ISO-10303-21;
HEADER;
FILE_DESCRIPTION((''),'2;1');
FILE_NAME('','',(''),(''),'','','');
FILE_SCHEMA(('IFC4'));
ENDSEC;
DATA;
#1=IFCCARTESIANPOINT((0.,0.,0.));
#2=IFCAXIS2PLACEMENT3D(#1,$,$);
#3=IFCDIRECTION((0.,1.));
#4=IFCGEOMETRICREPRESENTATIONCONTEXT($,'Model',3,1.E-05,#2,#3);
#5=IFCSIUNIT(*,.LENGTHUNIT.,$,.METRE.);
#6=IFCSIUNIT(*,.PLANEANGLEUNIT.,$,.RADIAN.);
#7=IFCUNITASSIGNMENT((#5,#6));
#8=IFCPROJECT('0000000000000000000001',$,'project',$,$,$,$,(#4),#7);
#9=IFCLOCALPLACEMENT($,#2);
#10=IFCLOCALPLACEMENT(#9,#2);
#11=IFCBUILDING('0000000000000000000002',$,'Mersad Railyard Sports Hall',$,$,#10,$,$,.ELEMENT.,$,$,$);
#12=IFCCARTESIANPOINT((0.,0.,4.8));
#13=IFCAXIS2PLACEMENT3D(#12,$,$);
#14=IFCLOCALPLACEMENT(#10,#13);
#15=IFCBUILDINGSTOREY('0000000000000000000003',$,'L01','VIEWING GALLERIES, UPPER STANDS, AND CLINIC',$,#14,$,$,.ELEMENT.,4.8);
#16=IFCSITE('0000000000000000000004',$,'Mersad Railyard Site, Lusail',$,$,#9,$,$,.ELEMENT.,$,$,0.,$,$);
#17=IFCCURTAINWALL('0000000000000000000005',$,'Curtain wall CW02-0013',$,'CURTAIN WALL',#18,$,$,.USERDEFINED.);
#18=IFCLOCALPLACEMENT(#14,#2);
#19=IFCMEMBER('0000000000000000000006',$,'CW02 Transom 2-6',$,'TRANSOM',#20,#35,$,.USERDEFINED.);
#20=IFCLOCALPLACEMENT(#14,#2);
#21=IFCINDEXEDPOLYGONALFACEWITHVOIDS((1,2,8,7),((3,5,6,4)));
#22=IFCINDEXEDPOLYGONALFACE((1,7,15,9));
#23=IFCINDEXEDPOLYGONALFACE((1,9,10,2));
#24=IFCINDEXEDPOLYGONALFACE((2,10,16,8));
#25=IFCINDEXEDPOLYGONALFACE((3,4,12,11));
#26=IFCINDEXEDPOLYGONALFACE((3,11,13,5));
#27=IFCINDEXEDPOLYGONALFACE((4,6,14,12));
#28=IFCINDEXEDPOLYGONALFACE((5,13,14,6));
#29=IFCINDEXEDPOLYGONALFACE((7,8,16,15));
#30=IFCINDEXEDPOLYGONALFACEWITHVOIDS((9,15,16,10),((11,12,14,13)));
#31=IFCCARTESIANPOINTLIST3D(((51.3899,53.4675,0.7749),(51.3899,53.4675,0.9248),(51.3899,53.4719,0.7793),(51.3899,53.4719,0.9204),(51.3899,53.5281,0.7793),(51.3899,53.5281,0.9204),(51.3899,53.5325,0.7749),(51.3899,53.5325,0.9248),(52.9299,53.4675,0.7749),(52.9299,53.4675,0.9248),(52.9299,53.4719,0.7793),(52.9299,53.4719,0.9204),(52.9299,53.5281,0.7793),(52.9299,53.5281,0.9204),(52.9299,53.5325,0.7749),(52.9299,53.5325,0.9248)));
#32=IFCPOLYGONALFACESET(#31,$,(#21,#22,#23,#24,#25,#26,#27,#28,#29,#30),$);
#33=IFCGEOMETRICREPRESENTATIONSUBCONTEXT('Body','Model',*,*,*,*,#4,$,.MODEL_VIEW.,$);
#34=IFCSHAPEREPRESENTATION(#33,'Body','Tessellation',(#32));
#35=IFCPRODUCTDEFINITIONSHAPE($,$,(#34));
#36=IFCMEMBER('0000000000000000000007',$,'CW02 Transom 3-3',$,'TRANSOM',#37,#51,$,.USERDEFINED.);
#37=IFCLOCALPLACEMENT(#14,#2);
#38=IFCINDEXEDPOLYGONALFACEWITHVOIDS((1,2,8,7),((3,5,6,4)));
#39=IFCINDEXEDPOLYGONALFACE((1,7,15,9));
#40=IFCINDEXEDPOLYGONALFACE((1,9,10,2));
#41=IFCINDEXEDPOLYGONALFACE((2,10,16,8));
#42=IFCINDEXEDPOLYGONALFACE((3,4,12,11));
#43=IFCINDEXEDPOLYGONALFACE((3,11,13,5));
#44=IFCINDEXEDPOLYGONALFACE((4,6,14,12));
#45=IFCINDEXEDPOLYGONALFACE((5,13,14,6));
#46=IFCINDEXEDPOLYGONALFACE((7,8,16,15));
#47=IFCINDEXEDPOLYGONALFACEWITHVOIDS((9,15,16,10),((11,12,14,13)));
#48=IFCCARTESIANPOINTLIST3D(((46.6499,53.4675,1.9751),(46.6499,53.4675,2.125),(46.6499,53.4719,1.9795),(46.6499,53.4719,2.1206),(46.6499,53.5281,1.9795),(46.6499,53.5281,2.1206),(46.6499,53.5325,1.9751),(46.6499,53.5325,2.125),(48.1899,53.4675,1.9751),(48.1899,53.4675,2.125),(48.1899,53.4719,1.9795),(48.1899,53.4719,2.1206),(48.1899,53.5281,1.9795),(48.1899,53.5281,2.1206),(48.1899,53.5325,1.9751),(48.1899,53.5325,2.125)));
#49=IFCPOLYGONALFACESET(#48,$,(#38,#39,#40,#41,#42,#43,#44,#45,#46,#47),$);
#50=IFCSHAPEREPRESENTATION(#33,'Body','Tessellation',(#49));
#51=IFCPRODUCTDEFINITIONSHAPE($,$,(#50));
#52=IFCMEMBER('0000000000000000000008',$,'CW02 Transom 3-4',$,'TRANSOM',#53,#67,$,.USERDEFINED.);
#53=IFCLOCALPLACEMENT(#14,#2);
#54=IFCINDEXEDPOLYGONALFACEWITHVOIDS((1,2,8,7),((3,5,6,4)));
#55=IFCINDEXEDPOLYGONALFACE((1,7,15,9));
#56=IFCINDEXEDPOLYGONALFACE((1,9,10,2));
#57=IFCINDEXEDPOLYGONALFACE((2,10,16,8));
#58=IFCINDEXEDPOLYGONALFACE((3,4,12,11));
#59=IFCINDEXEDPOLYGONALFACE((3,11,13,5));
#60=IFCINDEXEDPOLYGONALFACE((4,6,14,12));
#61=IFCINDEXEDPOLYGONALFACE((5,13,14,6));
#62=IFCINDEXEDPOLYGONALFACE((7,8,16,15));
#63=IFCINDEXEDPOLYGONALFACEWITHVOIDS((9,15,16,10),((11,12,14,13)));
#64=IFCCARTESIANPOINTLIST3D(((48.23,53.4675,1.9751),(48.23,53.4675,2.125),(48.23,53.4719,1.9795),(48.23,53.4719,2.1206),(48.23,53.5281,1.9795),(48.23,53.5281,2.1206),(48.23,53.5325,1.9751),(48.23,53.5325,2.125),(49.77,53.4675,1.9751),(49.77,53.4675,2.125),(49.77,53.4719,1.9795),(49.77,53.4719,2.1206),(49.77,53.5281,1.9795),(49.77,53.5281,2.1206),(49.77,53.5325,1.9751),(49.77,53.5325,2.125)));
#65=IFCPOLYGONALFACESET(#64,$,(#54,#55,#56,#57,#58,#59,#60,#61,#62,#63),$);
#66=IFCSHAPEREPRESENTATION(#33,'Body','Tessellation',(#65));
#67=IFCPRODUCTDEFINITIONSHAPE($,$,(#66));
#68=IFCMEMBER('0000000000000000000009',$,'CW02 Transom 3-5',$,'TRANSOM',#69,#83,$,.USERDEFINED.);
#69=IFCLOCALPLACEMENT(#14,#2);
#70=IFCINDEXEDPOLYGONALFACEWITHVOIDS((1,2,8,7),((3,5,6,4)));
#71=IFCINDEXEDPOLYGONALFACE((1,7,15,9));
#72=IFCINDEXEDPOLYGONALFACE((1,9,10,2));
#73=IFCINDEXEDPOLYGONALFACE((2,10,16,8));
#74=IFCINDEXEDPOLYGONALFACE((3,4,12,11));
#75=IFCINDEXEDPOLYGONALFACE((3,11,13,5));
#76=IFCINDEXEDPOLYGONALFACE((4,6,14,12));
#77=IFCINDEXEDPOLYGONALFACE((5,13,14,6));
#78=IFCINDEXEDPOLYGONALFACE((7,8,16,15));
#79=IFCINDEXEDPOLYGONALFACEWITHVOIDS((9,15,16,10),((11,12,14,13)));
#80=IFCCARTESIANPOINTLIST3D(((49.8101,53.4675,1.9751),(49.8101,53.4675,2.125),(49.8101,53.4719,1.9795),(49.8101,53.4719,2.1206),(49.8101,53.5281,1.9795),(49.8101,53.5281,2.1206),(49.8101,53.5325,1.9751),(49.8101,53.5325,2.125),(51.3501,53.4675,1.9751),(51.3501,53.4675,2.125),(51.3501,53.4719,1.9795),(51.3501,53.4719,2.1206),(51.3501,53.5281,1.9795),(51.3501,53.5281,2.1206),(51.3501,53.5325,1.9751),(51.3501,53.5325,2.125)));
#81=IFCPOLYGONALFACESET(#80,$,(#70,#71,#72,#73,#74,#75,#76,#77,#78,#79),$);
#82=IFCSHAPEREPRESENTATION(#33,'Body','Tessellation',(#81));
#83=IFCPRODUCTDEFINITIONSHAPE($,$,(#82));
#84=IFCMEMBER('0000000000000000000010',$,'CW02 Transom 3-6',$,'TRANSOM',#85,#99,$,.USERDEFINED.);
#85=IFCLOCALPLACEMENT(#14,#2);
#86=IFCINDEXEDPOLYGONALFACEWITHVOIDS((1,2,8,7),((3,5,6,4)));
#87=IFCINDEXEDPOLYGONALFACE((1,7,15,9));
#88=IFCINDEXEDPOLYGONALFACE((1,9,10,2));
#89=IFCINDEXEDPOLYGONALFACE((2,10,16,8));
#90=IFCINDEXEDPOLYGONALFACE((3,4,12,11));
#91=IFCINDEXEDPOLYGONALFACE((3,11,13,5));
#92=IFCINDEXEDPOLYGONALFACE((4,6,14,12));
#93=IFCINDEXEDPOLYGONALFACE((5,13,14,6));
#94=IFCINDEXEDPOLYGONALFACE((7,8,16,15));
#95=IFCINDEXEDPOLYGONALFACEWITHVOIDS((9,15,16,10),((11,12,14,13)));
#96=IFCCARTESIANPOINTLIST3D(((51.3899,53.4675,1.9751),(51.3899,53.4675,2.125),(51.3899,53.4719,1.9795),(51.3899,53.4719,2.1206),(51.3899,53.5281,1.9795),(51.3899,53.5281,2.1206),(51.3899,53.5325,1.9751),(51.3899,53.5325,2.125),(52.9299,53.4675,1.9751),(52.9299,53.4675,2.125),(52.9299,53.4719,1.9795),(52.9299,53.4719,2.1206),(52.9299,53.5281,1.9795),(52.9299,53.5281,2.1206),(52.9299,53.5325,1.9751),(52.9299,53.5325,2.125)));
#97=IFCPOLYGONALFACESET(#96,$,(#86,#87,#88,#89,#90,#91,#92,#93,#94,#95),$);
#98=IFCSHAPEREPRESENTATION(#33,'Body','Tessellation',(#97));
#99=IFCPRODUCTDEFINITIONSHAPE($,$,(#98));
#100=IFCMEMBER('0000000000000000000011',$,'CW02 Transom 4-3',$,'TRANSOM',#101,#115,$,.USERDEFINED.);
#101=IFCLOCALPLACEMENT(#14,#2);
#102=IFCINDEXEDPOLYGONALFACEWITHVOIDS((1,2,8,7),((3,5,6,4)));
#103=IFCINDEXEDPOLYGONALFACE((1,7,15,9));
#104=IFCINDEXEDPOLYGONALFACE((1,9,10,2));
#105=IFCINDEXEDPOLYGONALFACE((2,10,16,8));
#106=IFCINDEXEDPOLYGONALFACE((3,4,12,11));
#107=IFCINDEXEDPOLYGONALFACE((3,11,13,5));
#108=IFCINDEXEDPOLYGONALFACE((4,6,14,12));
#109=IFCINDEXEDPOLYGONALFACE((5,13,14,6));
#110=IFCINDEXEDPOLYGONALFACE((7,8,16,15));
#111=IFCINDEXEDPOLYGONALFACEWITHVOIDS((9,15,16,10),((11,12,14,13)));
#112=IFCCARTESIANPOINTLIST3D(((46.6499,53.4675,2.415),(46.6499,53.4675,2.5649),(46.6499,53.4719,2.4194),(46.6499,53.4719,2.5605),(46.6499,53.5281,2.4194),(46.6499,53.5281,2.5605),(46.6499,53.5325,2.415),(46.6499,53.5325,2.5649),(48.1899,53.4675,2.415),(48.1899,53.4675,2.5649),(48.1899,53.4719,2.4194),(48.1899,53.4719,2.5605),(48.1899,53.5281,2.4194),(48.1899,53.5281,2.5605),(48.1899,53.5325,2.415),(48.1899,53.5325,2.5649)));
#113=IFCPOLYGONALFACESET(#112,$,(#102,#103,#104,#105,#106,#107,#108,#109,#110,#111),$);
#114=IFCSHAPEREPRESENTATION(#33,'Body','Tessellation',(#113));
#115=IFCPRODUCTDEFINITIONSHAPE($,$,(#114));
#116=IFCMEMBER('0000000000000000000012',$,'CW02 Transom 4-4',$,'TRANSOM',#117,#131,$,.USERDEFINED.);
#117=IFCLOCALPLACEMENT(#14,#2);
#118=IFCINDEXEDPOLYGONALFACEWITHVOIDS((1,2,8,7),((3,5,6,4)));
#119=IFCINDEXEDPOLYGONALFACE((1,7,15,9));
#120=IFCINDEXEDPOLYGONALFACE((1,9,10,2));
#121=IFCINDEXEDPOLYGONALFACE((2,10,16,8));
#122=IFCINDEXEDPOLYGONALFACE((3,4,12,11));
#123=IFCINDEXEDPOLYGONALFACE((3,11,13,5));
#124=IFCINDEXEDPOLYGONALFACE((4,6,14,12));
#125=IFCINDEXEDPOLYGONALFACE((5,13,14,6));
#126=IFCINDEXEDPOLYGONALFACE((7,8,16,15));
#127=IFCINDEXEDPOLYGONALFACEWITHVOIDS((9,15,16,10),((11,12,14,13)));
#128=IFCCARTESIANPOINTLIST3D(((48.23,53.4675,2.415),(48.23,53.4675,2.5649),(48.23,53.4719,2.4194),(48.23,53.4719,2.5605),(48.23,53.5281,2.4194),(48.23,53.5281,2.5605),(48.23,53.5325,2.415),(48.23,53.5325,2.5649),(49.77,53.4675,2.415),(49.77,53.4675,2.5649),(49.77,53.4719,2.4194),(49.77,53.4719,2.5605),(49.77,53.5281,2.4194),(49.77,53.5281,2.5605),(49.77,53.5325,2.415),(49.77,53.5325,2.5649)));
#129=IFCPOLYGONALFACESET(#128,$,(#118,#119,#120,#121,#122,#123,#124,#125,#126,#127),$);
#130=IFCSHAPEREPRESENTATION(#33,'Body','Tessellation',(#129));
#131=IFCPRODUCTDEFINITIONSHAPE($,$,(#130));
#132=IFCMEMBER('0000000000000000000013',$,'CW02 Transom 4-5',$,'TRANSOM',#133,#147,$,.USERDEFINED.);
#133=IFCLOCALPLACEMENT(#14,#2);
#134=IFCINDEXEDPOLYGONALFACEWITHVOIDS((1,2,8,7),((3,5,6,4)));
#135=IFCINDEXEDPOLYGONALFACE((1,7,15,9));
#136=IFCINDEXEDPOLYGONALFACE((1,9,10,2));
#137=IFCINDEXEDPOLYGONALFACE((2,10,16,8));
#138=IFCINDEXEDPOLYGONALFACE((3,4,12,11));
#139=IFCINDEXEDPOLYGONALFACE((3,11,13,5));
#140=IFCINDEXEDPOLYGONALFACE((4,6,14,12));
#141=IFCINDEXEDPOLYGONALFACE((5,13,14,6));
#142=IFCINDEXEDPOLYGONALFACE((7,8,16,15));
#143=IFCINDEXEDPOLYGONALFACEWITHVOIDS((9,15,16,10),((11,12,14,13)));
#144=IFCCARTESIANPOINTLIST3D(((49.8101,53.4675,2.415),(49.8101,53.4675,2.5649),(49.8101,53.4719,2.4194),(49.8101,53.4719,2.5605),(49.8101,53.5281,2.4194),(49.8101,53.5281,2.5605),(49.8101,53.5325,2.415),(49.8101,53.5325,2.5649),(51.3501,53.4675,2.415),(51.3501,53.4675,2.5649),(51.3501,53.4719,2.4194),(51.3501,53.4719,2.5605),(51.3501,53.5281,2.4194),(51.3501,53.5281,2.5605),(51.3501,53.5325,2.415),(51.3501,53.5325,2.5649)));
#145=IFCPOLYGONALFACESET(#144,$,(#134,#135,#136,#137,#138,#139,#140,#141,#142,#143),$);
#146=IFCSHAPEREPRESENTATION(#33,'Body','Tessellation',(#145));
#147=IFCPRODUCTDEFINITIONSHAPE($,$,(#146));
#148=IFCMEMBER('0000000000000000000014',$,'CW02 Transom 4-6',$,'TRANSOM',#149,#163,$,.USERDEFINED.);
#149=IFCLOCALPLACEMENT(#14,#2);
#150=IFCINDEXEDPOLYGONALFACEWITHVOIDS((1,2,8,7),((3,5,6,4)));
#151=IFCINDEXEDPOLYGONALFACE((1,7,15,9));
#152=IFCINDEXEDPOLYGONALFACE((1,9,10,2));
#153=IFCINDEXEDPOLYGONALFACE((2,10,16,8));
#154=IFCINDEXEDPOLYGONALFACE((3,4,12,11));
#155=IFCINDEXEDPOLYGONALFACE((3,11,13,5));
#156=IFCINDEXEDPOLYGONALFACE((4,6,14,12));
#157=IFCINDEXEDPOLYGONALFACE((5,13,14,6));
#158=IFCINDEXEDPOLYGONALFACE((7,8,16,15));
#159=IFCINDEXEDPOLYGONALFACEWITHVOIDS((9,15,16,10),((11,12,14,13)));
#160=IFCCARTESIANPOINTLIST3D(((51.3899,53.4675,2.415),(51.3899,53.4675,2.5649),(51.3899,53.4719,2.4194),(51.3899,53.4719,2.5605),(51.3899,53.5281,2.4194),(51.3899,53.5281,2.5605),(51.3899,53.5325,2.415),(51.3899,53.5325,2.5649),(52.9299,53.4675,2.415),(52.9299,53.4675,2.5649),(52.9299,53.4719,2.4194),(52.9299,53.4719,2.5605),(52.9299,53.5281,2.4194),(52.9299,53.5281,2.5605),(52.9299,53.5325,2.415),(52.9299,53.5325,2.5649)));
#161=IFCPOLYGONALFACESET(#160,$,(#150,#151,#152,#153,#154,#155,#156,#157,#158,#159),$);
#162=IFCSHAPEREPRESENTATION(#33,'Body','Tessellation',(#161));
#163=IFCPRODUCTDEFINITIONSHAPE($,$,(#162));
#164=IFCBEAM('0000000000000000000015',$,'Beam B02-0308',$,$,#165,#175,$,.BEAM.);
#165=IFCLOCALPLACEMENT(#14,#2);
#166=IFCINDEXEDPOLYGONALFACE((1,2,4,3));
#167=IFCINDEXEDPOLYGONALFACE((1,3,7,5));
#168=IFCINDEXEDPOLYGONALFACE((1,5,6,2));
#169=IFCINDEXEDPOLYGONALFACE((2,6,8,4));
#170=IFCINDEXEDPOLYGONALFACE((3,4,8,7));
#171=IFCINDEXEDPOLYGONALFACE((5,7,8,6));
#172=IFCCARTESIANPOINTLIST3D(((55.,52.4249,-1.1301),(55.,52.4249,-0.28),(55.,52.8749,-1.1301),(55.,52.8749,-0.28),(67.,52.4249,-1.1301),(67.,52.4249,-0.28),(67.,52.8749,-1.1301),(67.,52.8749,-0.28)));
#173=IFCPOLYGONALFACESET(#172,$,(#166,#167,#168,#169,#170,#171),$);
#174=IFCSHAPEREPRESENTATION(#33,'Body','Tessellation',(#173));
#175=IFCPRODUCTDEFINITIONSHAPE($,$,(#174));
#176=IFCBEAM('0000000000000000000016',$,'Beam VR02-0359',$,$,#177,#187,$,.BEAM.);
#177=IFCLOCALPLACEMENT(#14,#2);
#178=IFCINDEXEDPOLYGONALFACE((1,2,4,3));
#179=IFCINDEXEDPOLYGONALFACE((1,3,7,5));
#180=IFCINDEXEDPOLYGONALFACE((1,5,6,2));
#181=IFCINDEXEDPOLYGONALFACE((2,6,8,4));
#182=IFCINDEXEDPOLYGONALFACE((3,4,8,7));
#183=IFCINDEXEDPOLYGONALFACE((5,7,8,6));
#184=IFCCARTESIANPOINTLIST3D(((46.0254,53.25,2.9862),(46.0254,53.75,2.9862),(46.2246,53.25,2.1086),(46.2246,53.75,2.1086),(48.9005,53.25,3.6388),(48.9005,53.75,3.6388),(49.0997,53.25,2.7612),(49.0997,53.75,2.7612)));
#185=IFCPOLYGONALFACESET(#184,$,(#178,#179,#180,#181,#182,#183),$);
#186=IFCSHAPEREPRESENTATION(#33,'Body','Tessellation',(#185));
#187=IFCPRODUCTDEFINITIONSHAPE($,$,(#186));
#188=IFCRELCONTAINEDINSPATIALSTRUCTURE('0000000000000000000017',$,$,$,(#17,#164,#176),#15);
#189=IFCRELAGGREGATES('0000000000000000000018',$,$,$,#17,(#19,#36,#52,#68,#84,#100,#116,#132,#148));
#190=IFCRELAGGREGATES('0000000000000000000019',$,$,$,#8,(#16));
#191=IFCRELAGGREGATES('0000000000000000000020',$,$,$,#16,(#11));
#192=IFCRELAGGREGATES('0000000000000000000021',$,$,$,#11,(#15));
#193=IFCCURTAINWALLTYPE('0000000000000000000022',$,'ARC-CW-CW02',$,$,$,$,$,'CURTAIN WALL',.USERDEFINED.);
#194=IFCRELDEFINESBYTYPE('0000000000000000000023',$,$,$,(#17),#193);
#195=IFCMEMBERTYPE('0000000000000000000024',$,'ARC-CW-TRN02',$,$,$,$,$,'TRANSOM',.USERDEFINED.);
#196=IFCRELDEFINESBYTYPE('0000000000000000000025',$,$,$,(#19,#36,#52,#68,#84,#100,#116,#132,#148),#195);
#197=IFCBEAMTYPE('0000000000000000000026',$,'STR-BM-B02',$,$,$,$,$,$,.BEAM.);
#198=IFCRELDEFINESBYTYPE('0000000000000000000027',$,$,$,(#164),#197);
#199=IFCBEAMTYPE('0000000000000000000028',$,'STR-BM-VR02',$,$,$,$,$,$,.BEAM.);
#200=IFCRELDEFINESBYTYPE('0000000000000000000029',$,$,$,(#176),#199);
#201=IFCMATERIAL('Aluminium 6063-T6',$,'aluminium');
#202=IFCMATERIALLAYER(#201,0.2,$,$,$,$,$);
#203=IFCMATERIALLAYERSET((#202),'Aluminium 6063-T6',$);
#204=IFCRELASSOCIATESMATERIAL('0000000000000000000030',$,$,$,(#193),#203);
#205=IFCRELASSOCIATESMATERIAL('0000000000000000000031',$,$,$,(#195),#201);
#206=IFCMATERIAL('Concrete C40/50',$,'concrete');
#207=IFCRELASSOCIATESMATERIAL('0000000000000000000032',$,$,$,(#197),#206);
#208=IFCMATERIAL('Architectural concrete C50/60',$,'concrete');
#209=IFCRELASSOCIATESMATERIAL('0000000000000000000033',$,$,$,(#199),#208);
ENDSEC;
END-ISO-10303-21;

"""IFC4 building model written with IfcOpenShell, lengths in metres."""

from ifc_helpers import new_model, si_unit, direction, frame, origin, origin_2d, place, context, subcontext, project, spatial, rectangle, hollow_rectangle, extrude, material, layer, layer_set, material_profile, profile_set, type_object, element, aggregate, save


model = new_model("IFC4")

# Units and contexts
model_context = context("Model", 3, precision=1e-05, world=origin(), true_north=direction((0.0, 1.0)))
body_context = subcontext(model_context, "Body", "Model", "MODEL_VIEW")
ifc_project = project(units=[si_unit("LENGTHUNIT", "METRE"), si_unit("PLANEANGLEUNIT", "RADIAN")], contexts=[model_context])

# Site, building, storey
site_placement = place(None, origin())
site = spatial("IfcSite", under=ifc_project, at=site_placement, Name="Mersad Railyard Site, Lusail", CompositionType="ELEMENT", RefElevation=0.0)
building_placement = place(site_placement, origin())
building = spatial("IfcBuilding", under=site, at=building_placement, Name="Mersad Railyard Sports Hall", CompositionType="ELEMENT")
storey_placement = place(building_placement, frame((0.0, 0.0, 4.8)))
storey = spatial("IfcBuildingStorey", under=building, at=storey_placement, Name="L01", Description="VIEWING GALLERIES, UPPER STANDS, AND CLINIC", CompositionType="ELEMENT", Elevation=4.8)

# Curtain wall, members
ifc_material_1 = material(Name="Aluminium 6063-T6", Category="aluminium")
ifc_layer_1 = layer(ifc_material_1, 0.2)
ifc_layer_set_1 = layer_set([ifc_layer_1], Name="Aluminium 6063-T6")
curtain_wall_type = type_object("IfcCurtainWallType", Name="ARC-CW-CW02", ElementType="CURTAIN WALL", PredefinedType="USERDEFINED", material=ifc_layer_set_1)
curtain_wall_placement = place(storey_placement, origin())
curtain_wall = element("IfcCurtainWall", 1, at=curtain_wall_placement, inside=storey, type_object=curtain_wall_type, Name="Curtain wall CW02-0013", ObjectType="CURTAIN WALL", PredefinedType="USERDEFINED")
ifc_material_profile_1 = material_profile(ifc_material_1, hollow_rectangle(XDim=0.0649, YDim=0.1499, WallThickness=0.0044, at=origin_2d()), Name="AL TRANSOM 65x150x4.5")
ifc_profile_set_1 = profile_set([ifc_material_profile_1], Name="Aluminium 6063-T6")
member_type_1 = type_object("IfcMemberType", Name="ARC-CW-TRN02", ElementType="TRANSOM", PredefinedType="USERDEFINED", material=ifc_profile_set_1)
member_1_placement = place(storey_placement, frame((51.3899, 53.5, 0.8499), z_axis=(1.0, 0.0, 0.0), x_axis=(0.0, 1.0, 0.0)))
member_1 = element("IfcMember", 2, at=member_1_placement, type_object=member_type_1, Name="CW02 Transom 2-6", ObjectType="TRANSOM", PredefinedType="USERDEFINED", context=body_context, shape_type="SweptSolid", body=[
    extrude(hollow_rectangle(XDim=0.0649, YDim=0.1499, WallThickness=0.0044, at=origin_2d()), origin(), (0.0, 0.0, 1.0), 1.54),
])
member_2_placement = place(storey_placement, frame((46.6499, 53.5, 2.05), z_axis=(1.0, 0.0, 0.0), x_axis=(0.0, 1.0, 0.0)))
member_2 = element("IfcMember", 3, at=member_2_placement, type_object=member_type_1, Name="CW02 Transom 3-3", ObjectType="TRANSOM", PredefinedType="USERDEFINED", context=body_context, shape_type="SweptSolid", body=[
    extrude(hollow_rectangle(XDim=0.0649, YDim=0.1499, WallThickness=0.0044, at=origin_2d()), origin(), (0.0, 0.0, 1.0), 1.54),
])
member_3_placement = place(storey_placement, frame((48.23, 53.5, 2.05), z_axis=(1.0, 0.0, 0.0), x_axis=(0.0, 1.0, 0.0)))
member_3 = element("IfcMember", 4, at=member_3_placement, type_object=member_type_1, Name="CW02 Transom 3-4", ObjectType="TRANSOM", PredefinedType="USERDEFINED", context=body_context, shape_type="SweptSolid", body=[
    extrude(hollow_rectangle(XDim=0.0649, YDim=0.1499, WallThickness=0.0044, at=origin_2d()), origin(), (0.0, 0.0, 1.0), 1.54),
])
member_4_placement = place(storey_placement, frame((49.8101, 53.5, 2.05), z_axis=(1.0, 0.0, 0.0), x_axis=(0.0, 1.0, 0.0)))
member_4 = element("IfcMember", 5, at=member_4_placement, type_object=member_type_1, Name="CW02 Transom 3-5", ObjectType="TRANSOM", PredefinedType="USERDEFINED", context=body_context, shape_type="SweptSolid", body=[
    extrude(hollow_rectangle(XDim=0.0649, YDim=0.1499, WallThickness=0.0044, at=origin_2d()), origin(), (0.0, 0.0, 1.0), 1.54),
])
member_5_placement = place(storey_placement, frame((51.3899, 53.5, 2.05), z_axis=(1.0, 0.0, 0.0), x_axis=(0.0, 1.0, 0.0)))
member_5 = element("IfcMember", 6, at=member_5_placement, type_object=member_type_1, Name="CW02 Transom 3-6", ObjectType="TRANSOM", PredefinedType="USERDEFINED", context=body_context, shape_type="SweptSolid", body=[
    extrude(hollow_rectangle(XDim=0.0649, YDim=0.1499, WallThickness=0.0044, at=origin_2d()), origin(), (0.0, 0.0, 1.0), 1.54),
])
member_6_placement = place(storey_placement, frame((46.6499, 53.5, 2.49), z_axis=(1.0, 0.0, 0.0), x_axis=(0.0, 1.0, 0.0)))
member_6 = element("IfcMember", 7, at=member_6_placement, type_object=member_type_1, Name="CW02 Transom 4-3", ObjectType="TRANSOM", PredefinedType="USERDEFINED", context=body_context, shape_type="SweptSolid", body=[
    extrude(hollow_rectangle(XDim=0.0649, YDim=0.1499, WallThickness=0.0044, at=origin_2d()), origin(), (0.0, 0.0, 1.0), 1.54),
])
member_7_placement = place(storey_placement, frame((48.23, 53.5, 2.49), z_axis=(1.0, 0.0, 0.0), x_axis=(0.0, 1.0, 0.0)))
member_7 = element("IfcMember", 8, at=member_7_placement, type_object=member_type_1, Name="CW02 Transom 4-4", ObjectType="TRANSOM", PredefinedType="USERDEFINED", context=body_context, shape_type="SweptSolid", body=[
    extrude(hollow_rectangle(XDim=0.0649, YDim=0.1499, WallThickness=0.0044, at=origin_2d()), origin(), (0.0, 0.0, 1.0), 1.54),
])
member_8_placement = place(storey_placement, frame((49.8101, 53.5, 2.49), z_axis=(1.0, 0.0, 0.0), x_axis=(0.0, 1.0, 0.0)))
member_8 = element("IfcMember", 9, at=member_8_placement, type_object=member_type_1, Name="CW02 Transom 4-5", ObjectType="TRANSOM", PredefinedType="USERDEFINED", context=body_context, shape_type="SweptSolid", body=[
    extrude(hollow_rectangle(XDim=0.0649, YDim=0.1499, WallThickness=0.0044, at=origin_2d()), origin(), (0.0, 0.0, 1.0), 1.54),
])
member_9_placement = place(storey_placement, frame((51.3899, 53.5, 2.49), z_axis=(1.0, 0.0, 0.0), x_axis=(0.0, 1.0, 0.0)))
member_9 = element("IfcMember", 10, at=member_9_placement, type_object=member_type_1, Name="CW02 Transom 4-6", ObjectType="TRANSOM", PredefinedType="USERDEFINED", context=body_context, shape_type="SweptSolid", body=[
    extrude(hollow_rectangle(XDim=0.0649, YDim=0.1499, WallThickness=0.0044, at=origin_2d()), origin(), (0.0, 0.0, 1.0), 1.54),
])

# Beams
ifc_material_2 = material(Name="Concrete C40/50", Category="concrete")
ifc_material_profile_2 = material_profile(ifc_material_2, rectangle(XDim=0.45, YDim=0.8501, at=origin_2d()), Name="RC 450x850")
ifc_profile_set_2 = profile_set([ifc_material_profile_2], Name="Concrete C40/50")
beam_type_1 = type_object("IfcBeamType", Name="STR-BM-B02", PredefinedType="BEAM", material=ifc_profile_set_2)
beam_placement = place(storey_placement, frame((55.0, 52.6499, -0.7051), z_axis=(1.0, 0.0, 0.0), x_axis=(0.0, 1.0, 0.0)))
element("IfcBeam", 11, at=beam_placement, inside=storey, type_object=beam_type_1, Name="Beam B02-0308", PredefinedType="BEAM", context=body_context, shape_type="SweptSolid", body=[
    extrude(rectangle(XDim=0.45, YDim=0.8501, at=origin_2d()), origin(), (0.0, 0.0, 1.0), 12.0),
])
ifc_material_3 = material(Name="Architectural concrete C50/60", Category="concrete")
ifc_material_profile_3 = material_profile(ifc_material_3, rectangle(XDim=0.5, YDim=0.8999, at=origin_2d()), Name="VR 500x900")
ifc_profile_set_3 = profile_set([ifc_material_profile_3], Name="Architectural concrete C50/60")
beam_type_2 = type_object("IfcBeamType", Name="STR-BM-VR02", PredefinedType="BEAM", material=ifc_profile_set_3)
for number, where, z_axis, x_axis, name in (
    (12, (46.125, 53.5, 2.5474), (0.975193, 0.0, 0.221356), (0.0, 1.0, 0.0), "Beam VR02-0359"),
):
    element("IfcBeam", number, at=place(storey_placement, frame(where, z_axis=z_axis, x_axis=x_axis)), inside=storey, type_object=beam_type_2, Name=name, PredefinedType="BEAM", context=body_context, shape_type="SweptSolid", body=[
        extrude(rectangle(XDim=0.5, YDim=0.8999, at=origin_2d()), origin(), (0.0, 0.0, 1.0), 2.9482),
    ])

aggregate(curtain_wall, [member_1, member_2, member_3, member_4, member_5, member_6, member_7, member_8, member_9])

save(model, "model.ifc")
